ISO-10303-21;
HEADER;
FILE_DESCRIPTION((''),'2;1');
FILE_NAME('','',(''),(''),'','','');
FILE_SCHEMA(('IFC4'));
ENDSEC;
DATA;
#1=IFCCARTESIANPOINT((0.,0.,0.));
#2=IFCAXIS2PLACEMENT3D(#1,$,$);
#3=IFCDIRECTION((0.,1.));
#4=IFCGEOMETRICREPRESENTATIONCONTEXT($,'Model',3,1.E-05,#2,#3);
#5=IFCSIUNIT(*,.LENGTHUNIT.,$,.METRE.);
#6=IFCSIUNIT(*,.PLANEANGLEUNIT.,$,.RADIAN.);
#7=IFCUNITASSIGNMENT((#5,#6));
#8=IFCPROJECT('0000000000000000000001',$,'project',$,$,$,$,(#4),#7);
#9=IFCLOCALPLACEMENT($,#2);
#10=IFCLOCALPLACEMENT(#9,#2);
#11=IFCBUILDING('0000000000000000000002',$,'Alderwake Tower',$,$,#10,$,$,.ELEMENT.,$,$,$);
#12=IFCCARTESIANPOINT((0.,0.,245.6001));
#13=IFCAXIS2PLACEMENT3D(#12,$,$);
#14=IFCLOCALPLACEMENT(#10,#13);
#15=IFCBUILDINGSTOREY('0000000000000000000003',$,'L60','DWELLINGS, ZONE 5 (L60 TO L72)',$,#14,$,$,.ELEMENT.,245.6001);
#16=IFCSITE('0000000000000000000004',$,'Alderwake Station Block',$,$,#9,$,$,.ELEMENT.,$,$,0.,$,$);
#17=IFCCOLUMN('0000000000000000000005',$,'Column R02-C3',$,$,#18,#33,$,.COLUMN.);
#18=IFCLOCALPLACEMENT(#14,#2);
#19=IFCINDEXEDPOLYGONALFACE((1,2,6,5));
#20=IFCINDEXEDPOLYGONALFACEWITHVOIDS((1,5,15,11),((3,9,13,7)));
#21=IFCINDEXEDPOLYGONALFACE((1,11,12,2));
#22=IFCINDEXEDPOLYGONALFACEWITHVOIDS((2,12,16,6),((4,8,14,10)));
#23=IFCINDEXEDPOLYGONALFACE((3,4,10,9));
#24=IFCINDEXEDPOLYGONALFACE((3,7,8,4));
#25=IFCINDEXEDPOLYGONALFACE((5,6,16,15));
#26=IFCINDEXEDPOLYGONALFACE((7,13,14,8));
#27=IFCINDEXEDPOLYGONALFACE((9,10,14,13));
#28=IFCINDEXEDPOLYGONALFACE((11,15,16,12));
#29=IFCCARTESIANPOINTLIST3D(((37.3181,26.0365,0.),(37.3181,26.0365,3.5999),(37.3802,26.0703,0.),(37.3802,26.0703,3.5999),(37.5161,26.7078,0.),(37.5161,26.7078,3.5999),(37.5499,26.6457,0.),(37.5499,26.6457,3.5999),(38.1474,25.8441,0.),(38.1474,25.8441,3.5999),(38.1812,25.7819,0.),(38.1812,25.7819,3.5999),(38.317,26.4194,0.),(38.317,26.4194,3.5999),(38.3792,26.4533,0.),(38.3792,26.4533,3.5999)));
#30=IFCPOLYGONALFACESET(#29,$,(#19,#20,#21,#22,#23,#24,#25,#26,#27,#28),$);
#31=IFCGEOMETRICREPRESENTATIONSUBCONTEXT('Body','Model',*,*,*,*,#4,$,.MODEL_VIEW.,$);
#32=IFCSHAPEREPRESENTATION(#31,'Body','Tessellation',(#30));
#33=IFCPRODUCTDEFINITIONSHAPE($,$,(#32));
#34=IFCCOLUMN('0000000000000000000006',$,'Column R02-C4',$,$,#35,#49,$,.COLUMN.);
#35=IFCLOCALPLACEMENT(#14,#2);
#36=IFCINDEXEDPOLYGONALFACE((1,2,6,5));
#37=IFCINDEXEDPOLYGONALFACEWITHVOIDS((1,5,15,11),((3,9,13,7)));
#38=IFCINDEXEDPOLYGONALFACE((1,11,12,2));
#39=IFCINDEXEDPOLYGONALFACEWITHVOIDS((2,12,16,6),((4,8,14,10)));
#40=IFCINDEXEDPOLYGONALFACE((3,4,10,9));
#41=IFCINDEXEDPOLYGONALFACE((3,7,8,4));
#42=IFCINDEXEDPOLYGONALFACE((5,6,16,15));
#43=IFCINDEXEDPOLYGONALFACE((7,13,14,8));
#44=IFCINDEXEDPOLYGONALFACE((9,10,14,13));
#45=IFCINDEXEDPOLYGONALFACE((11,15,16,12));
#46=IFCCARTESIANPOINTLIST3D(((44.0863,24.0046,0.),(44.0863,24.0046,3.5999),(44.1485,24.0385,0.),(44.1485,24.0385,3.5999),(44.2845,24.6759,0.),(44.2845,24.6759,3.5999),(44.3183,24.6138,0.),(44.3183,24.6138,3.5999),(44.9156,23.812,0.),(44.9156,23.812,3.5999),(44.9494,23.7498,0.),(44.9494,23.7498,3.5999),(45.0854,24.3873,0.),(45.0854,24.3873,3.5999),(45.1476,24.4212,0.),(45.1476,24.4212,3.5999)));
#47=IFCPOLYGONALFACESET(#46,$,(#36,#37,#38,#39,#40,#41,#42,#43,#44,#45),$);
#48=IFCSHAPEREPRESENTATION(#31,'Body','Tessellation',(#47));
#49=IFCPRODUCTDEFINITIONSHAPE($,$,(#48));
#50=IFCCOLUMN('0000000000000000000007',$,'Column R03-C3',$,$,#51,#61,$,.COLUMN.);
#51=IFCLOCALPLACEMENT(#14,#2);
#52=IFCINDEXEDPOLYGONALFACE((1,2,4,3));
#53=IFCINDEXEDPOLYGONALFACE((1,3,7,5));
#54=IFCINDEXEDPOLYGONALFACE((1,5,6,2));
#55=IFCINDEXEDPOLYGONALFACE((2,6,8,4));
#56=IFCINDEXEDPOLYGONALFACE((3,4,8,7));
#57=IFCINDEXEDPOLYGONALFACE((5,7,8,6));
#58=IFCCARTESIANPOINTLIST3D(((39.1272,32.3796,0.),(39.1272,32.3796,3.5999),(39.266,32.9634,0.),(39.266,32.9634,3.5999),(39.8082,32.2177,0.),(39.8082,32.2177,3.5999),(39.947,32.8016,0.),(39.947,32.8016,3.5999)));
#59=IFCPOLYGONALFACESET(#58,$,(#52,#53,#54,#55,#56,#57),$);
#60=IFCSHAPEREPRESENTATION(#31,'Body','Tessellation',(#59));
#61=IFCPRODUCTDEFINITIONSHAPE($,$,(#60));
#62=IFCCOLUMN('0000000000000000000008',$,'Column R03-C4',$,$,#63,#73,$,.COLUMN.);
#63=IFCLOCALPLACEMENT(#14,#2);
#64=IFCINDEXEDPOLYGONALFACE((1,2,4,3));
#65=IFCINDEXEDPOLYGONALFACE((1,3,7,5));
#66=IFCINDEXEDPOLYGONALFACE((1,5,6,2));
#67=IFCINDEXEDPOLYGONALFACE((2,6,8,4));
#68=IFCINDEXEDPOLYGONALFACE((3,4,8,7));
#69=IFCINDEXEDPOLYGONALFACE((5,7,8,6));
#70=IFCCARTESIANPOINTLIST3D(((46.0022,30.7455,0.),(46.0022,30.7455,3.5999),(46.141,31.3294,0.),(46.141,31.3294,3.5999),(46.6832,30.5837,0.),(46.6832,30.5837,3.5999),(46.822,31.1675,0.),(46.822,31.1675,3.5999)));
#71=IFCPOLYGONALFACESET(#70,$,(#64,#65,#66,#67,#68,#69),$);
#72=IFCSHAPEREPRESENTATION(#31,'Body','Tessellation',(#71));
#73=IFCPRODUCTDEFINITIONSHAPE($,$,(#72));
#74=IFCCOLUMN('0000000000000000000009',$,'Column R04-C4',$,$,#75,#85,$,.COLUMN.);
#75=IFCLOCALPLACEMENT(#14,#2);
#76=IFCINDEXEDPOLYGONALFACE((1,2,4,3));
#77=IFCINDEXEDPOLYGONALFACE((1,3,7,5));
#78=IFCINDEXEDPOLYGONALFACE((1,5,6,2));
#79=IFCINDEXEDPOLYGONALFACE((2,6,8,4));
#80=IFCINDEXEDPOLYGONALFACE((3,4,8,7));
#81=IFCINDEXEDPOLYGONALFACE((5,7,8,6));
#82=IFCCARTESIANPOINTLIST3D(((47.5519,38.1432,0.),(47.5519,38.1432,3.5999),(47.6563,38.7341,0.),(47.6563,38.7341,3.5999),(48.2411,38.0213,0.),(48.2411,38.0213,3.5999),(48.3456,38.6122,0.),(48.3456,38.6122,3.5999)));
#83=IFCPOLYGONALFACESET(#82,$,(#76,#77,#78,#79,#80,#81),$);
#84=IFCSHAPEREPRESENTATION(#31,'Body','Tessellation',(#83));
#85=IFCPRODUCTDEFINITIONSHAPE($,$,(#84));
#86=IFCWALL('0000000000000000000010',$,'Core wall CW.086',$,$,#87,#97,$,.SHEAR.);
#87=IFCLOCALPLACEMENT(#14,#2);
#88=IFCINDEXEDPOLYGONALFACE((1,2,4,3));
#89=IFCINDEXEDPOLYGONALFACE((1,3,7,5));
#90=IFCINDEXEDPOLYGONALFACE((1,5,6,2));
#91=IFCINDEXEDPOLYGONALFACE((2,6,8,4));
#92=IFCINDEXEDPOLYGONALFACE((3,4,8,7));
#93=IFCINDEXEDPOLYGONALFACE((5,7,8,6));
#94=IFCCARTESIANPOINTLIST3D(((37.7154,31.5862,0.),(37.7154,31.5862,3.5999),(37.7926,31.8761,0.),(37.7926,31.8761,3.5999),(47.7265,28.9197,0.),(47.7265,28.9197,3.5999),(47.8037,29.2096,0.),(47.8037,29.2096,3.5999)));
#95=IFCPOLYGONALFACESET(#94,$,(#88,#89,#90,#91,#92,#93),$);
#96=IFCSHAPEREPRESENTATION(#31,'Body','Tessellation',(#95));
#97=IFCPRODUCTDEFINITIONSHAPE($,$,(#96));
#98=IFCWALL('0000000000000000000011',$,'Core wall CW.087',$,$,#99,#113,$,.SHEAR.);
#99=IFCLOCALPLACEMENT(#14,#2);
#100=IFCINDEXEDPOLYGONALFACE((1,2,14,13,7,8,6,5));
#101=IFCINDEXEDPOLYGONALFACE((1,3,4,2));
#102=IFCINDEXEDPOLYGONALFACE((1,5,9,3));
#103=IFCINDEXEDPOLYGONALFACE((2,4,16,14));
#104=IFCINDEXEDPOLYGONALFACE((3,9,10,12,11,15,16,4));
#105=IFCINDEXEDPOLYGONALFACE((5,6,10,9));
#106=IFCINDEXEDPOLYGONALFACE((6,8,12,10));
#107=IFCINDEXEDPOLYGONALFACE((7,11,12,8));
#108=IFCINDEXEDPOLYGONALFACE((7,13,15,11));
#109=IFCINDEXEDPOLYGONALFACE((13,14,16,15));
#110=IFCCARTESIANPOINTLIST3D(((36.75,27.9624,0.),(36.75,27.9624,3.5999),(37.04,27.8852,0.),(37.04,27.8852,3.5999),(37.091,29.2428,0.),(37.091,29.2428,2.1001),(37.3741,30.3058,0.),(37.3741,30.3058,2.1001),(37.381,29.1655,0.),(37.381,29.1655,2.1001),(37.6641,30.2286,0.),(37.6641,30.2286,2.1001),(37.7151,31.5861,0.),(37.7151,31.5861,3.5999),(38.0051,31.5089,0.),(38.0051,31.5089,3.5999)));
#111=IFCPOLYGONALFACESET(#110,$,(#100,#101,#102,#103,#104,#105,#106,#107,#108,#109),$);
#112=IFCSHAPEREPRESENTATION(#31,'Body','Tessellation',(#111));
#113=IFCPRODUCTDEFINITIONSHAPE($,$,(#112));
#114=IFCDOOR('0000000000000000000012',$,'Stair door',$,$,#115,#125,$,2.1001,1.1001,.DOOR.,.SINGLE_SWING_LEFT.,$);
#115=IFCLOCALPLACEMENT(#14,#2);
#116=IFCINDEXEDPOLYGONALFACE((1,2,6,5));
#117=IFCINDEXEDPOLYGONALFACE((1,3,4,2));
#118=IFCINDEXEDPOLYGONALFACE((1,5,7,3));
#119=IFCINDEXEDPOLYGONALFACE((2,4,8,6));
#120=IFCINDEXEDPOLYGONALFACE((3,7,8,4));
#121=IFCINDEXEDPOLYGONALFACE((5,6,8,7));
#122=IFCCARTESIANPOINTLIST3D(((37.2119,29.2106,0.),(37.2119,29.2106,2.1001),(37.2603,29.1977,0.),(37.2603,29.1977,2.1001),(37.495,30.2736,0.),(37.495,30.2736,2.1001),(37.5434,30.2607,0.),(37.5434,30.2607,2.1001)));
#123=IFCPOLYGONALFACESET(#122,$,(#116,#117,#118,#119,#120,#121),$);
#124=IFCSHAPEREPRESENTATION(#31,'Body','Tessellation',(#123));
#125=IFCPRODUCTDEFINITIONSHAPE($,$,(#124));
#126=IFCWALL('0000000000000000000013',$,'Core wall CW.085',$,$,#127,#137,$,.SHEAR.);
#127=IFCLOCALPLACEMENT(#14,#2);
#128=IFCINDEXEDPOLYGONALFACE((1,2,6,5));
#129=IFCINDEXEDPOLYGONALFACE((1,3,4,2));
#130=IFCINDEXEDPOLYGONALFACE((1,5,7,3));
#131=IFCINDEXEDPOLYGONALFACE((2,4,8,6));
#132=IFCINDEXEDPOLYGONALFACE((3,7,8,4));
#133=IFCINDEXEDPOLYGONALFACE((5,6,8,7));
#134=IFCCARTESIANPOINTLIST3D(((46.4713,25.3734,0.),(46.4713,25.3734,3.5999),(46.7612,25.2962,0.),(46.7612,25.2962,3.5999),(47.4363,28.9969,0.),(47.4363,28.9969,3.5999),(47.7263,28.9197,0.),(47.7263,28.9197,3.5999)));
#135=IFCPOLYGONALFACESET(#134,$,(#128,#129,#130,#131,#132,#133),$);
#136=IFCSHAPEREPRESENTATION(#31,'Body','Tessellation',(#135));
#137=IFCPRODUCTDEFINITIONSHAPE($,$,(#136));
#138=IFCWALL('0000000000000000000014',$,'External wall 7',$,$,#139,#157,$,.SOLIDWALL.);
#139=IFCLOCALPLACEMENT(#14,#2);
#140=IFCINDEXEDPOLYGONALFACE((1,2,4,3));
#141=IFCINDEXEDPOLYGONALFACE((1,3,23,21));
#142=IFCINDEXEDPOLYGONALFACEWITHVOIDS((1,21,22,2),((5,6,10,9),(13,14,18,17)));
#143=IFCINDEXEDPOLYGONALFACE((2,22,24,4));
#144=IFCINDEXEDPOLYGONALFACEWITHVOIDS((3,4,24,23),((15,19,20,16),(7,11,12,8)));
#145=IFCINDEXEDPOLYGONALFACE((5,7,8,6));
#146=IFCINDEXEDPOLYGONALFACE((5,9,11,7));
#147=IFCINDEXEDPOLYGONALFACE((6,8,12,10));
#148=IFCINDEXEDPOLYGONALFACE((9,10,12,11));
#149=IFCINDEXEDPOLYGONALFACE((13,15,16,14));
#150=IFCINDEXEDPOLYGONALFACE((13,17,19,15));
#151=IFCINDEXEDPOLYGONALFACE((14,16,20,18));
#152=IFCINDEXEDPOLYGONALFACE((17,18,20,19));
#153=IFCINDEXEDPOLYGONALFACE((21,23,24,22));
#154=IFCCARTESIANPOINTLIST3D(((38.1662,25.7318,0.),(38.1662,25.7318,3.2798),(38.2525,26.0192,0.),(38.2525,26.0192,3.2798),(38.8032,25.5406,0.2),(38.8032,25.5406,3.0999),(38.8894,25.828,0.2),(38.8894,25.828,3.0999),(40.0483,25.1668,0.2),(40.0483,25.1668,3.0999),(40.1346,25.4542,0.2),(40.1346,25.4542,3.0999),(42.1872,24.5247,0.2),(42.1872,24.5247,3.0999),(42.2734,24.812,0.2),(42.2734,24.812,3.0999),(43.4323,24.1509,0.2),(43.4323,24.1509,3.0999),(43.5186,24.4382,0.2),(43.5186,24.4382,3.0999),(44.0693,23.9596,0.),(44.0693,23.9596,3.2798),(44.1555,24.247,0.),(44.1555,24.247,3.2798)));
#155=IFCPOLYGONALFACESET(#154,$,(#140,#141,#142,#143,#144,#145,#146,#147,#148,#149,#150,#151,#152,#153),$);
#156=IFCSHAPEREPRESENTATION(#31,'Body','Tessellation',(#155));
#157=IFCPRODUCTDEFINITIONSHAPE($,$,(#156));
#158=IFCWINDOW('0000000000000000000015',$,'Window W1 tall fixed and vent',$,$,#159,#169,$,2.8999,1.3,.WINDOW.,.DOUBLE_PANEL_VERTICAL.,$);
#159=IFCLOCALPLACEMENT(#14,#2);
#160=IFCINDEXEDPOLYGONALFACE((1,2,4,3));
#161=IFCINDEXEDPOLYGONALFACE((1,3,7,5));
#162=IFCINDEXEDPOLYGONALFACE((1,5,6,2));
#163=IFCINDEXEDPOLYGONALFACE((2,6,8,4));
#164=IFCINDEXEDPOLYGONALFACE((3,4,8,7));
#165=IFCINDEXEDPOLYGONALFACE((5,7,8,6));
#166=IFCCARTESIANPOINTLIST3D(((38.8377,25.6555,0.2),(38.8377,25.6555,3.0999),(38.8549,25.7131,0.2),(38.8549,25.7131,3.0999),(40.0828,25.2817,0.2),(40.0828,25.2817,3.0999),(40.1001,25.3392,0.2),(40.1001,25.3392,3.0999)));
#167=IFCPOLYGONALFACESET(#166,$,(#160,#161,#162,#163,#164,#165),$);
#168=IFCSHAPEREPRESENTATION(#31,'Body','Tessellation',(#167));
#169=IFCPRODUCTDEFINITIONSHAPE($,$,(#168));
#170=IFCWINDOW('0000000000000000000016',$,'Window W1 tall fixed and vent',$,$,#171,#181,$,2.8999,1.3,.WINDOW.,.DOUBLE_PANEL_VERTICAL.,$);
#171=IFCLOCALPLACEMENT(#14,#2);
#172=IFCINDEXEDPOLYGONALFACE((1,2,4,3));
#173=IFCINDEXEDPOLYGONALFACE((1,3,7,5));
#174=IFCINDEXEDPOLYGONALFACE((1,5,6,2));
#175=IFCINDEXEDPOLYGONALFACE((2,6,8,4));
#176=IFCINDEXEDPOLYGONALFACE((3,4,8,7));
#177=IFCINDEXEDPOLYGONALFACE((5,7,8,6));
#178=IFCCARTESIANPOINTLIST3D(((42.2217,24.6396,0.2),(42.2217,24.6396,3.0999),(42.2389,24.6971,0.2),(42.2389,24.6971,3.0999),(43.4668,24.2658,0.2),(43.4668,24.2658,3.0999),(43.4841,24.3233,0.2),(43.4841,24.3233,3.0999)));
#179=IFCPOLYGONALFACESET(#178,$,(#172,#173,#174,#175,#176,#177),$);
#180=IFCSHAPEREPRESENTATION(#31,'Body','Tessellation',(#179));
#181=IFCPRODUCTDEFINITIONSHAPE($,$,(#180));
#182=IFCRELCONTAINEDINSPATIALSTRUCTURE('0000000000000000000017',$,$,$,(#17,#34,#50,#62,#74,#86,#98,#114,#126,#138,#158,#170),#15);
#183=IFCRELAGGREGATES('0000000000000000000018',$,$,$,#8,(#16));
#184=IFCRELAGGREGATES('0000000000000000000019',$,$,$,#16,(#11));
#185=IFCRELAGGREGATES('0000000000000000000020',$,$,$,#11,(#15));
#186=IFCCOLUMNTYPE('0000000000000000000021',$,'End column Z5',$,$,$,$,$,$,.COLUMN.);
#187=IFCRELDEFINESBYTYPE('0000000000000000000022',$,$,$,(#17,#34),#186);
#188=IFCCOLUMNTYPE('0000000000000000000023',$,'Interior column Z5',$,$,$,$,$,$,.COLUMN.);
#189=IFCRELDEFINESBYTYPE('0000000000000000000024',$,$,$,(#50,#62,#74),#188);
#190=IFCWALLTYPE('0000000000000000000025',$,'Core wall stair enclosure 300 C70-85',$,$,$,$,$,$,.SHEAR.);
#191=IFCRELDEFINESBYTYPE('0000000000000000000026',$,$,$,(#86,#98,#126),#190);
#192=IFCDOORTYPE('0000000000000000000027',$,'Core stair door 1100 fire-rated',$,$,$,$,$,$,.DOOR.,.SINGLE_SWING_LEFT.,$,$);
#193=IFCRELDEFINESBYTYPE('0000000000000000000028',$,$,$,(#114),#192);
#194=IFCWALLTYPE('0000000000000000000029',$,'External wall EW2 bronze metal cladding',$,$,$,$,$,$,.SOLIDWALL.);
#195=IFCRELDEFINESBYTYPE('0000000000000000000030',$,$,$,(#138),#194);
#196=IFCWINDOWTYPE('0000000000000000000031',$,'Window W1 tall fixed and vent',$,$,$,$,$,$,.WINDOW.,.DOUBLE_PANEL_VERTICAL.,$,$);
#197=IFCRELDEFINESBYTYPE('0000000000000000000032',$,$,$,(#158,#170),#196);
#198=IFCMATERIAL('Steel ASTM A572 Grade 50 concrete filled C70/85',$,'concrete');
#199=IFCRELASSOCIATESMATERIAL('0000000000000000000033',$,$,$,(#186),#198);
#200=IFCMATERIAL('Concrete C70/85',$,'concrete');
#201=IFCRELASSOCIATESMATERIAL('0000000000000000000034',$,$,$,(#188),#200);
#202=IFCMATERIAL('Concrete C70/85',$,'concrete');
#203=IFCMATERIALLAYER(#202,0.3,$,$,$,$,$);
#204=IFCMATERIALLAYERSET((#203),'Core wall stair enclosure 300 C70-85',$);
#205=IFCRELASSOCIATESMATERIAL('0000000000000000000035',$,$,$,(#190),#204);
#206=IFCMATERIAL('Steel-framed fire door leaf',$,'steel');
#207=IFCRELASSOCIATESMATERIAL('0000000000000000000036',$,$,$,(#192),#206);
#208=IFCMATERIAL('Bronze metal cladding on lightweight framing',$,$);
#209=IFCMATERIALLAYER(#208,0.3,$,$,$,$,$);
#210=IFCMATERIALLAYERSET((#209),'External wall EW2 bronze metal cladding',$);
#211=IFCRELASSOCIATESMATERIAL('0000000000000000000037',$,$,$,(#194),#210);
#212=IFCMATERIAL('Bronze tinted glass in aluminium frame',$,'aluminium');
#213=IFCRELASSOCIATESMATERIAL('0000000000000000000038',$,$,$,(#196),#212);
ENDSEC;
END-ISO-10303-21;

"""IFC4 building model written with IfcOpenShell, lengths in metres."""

from ifc_helpers import new_model, si_unit, direction, frame, frame_2d, origin, origin_2d, place, context, subcontext, project, spatial, rectangle, hollow_rectangle, extrude, material, layer, layer_set, material_profile, profile_set, type_object, element, fill, save


model = new_model("IFC4")

# Units and contexts
model_context = context("Model", 3, precision=1e-05, world=origin(), true_north=direction((0.0, 1.0)))
body_context = subcontext(model_context, "Body", "Model", "MODEL_VIEW")
ifc_project = project(units=[si_unit("LENGTHUNIT", "METRE"), si_unit("PLANEANGLEUNIT", "RADIAN")], contexts=[model_context])

# Site, building, storey
site_placement = place(None, origin())
site = spatial("IfcSite", under=ifc_project, at=site_placement, Name="Alderwake Station Block", CompositionType="ELEMENT", RefElevation=0.0)
building_placement = place(site_placement, origin())
building = spatial("IfcBuilding", under=site, at=building_placement, Name="Alderwake Tower", CompositionType="ELEMENT")
storey_placement = place(building_placement, frame((0.0, 0.0, 245.6001)))
storey = spatial("IfcBuildingStorey", under=building, at=storey_placement, Name="L60", Description="DWELLINGS, ZONE 5 (L60 TO L72)", CompositionType="ELEMENT", Elevation=245.6001)

# Columns
ifc_material_1 = material(Name="Steel ASTM A572 Grade 50 concrete filled C70/85", Category="concrete")
ifc_material_profile_1 = material_profile(ifc_material_1, hollow_rectangle(XDim=0.7, YDim=0.8999, WallThickness=0.05, at=origin_2d()), Name="BOX 900X700X50")
ifc_profile_set_1 = profile_set([ifc_material_profile_1], Name="Steel ASTM A572 Grade 50 concrete filled C70/85")
column_type_1 = type_object("IfcColumnType", Name="End column Z5", PredefinedType="COLUMN", material=ifc_profile_set_1)
for number, where, z_axis, x_axis, name in (
    (1, (37.8486, 26.2449, 0.0), (0.0, 0.0, 1.0), (0.282869, 0.959159, 0.0), "Column R02-C3"),
    (2, (44.6169, 24.2129, 0.0), (0.0, 0.0, 1.0), (0.283123, 0.959084, 0.0), "Column R02-C4"),
):
    element("IfcColumn", number, at=place(storey_placement, frame(where, z_axis=z_axis, x_axis=x_axis)), inside=storey, type_object=column_type_1, Name=name, PredefinedType="COLUMN", context=body_context, shape_type="SweptSolid", body=[
        extrude(hollow_rectangle(XDim=0.7, YDim=0.8999, WallThickness=0.05, at=origin_2d()), origin(), (0.0, 0.0, 1.0), 3.5999),
    ])
ifc_material_2 = material(Name="Concrete C70/85", Category="concrete")
ifc_material_profile_2 = material_profile(ifc_material_2, rectangle(XDim=0.6001, YDim=0.7, at=origin_2d()), Name="RC 700X600")
ifc_profile_set_2 = profile_set([ifc_material_profile_2], Name="Concrete C70/85")
column_type_2 = type_object("IfcColumnType", Name="Interior column Z5", PredefinedType="COLUMN", material=ifc_profile_set_2)
for number, where, z_axis, x_axis, name in (
    (3, (39.5371, 32.5906, 0.0), (0.0, 0.0, 1.0), (0.231222, 0.972901, 0.0), "Column R03-C3"),
    (4, (46.4121, 30.9565, 0.0), (0.0, 0.0, 1.0), (0.231222, 0.972901, 0.0), "Column R03-C4"),
    (5, (47.9487, 38.3777, 0.0), (0.0, 0.0, 1.0), (0.174107, 0.984727, 0.0), "Column R04-C4"),
):
    element("IfcColumn", number, at=place(storey_placement, frame(where, z_axis=z_axis, x_axis=x_axis)), inside=storey, type_object=column_type_2, Name=name, PredefinedType="COLUMN", context=body_context, shape_type="SweptSolid", body=[
        extrude(rectangle(XDim=0.6001, YDim=0.7, at=origin_2d()), origin(), (0.0, 0.0, 1.0), 3.5999),
    ])

# Wall
ifc_material_3 = material(Name="Concrete C70/85", Category="concrete")
ifc_layer_1 = layer(ifc_material_3, 0.3)
ifc_layer_set_1 = layer_set([ifc_layer_1], Name="Core wall stair enclosure 300 C70-85")
wall_type_1 = type_object("IfcWallType", Name="Core wall stair enclosure 300 C70-85", PredefinedType="SHEAR", material=ifc_layer_set_1)
wall_1_placement = place(storey_placement, frame((37.7539, 31.7312, 0.0), z_axis=(0.0, 0.0, 1.0), x_axis=(0.966309, -0.257384, 0.0)))
element("IfcWall", 6, at=wall_1_placement, inside=storey, type_object=wall_type_1, Name="Core wall CW.086", PredefinedType="SHEAR", context=body_context, shape_type="SweptSolid", body=[
    extrude(rectangle(XDim=10.3601, YDim=0.3, at=frame_2d((5.1802, 0.0))), origin(), (0.0, 0.0, 1.0), 3.5999),
])

# Wall, opening, door
wall_2_placement = place(storey_placement, frame((36.895, 27.9238, 0.0), z_axis=(0.0, 0.0, 1.0), x_axis=(0.257351, 0.966318, 0.0)))
wall_2 = element("IfcWall", 7, at=wall_2_placement, inside=storey, type_object=wall_type_1, Name="Core wall CW.087", PredefinedType="SHEAR", context=body_context, shape_type="SweptSolid", body=[
    extrude(rectangle(XDim=3.75, YDim=0.3, at=frame_2d((1.875, 0.0))), origin(), (0.0, 0.0, 1.0), 3.5999),
])
opening_1_placement = place(wall_2_placement, frame((1.325, 0.0, 0.0)))
opening_1 = element("IfcOpeningElement", 8, at=opening_1_placement, cuts=wall_2, PredefinedType="OPENING", context=body_context, shape_type="SweptSolid", body=[
    extrude(rectangle(XDim=1.1001, YDim=2.1001, at=frame_2d((0.55, 1.05))), frame((0.0, 0.1599, 0.0), z_axis=(0.0, -1.0, 0.0), x_axis=(1.0, 0.0, 0.0)), (0.0, 0.0, 1.0), 0.3201),
])
ifc_material_4 = material(Name="Steel-framed fire door leaf", Category="steel")
door_type = type_object("IfcDoorType", Name="Core stair door 1100 fire-rated", OperationType="SINGLE_SWING_LEFT", PredefinedType="DOOR", material=ifc_material_4)
door_placement = place(opening_1_placement, origin())
door = element("IfcDoor", 9, at=door_placement, inside=storey, type_object=door_type, Name="Stair door", OperationType="SINGLE_SWING_LEFT", OverallHeight=2.1001, OverallWidth=1.1001, PredefinedType="DOOR", context=body_context, shape_type="SweptSolid", body=[
    extrude(rectangle(XDim=1.1001, YDim=2.1001, at=frame_2d((0.55, 1.05))), frame((0.0, 0.0249, 0.0), z_axis=(0.0, -1.0, 0.0), x_axis=(1.0, 0.0, 0.0)), (0.0, 0.0, 1.0), 0.05),
])
fill(opening_1, door)

# Wall
wall_3_placement = place(storey_placement, frame((46.6162, 25.3347, 0.0), z_axis=(0.0, 0.0, 1.0), x_axis=(0.257367, 0.966314, 0.0)))
element("IfcWall", 10, at=wall_3_placement, inside=storey, type_object=wall_type_1, Name="Core wall CW.085", PredefinedType="SHEAR", context=body_context, shape_type="SweptSolid", body=[
    extrude(rectangle(XDim=3.7498, YDim=0.3, at=frame_2d((1.875, 0.0))), origin(), (0.0, 0.0, 1.0), 3.5999),
])

# Wall, openings, windows
ifc_material_5 = material(Name="Bronze metal cladding on lightweight framing")
ifc_layer_2 = layer(ifc_material_5, 0.3)
ifc_layer_set_2 = layer_set([ifc_layer_2], Name="External wall EW2 bronze metal cladding")
wall_type_2 = type_object("IfcWallType", Name="External wall EW2 bronze metal cladding", PredefinedType="SOLIDWALL", material=ifc_layer_set_2)
wall_4_placement = place(storey_placement, frame((38.2095, 25.8755, 0.0), z_axis=(0.0, 0.0, 1.0), x_axis=(0.957768, -0.28754, 0.0)))
wall_4 = element("IfcWall", 11, at=wall_4_placement, inside=storey, type_object=wall_type_2, Name="External wall 7", PredefinedType="SOLIDWALL", context=body_context, shape_type="SweptSolid", body=[
    extrude(rectangle(XDim=6.1633, YDim=0.3, at=frame_2d((3.0815, 0.0))), origin(), (0.0, 0.0, 1.0), 3.2798),
])
opening_2_placement = place(wall_4_placement, frame((0.665, 0.0, 0.2)))
opening_2 = element("IfcOpeningElement", 12, at=opening_2_placement, cuts=wall_4, PredefinedType="OPENING", context=body_context, shape_type="SweptSolid", body=[
    extrude(rectangle(XDim=1.3, YDim=2.8999, at=frame_2d((0.6499, 1.45))), frame((0.0, 0.1599, 0.0), z_axis=(0.0, -1.0, 0.0), x_axis=(1.0, 0.0, 0.0)), (0.0, 0.0, 1.0), 0.3201),
])
opening_3_placement = place(wall_4_placement, frame((4.1982, 0.0, 0.2)))
opening_3 = element("IfcOpeningElement", 13, at=opening_3_placement, cuts=wall_4, PredefinedType="OPENING", context=body_context, shape_type="SweptSolid", body=[
    extrude(rectangle(XDim=1.3, YDim=2.8999, at=frame_2d((0.6499, 1.45))), frame((0.0, 0.1599, 0.0), z_axis=(0.0, -1.0, 0.0), x_axis=(1.0, 0.0, 0.0)), (0.0, 0.0, 1.0), 0.3201),
])
ifc_material_6 = material(Name="Bronze tinted glass in aluminium frame", Category="aluminium")
window_type = type_object("IfcWindowType", Name="Window W1 tall fixed and vent", PartitioningType="DOUBLE_PANEL_VERTICAL", PredefinedType="WINDOW", material=ifc_material_6)
window_1_placement = place(opening_2_placement, origin())
window_1 = element("IfcWindow", 14, at=window_1_placement, inside=storey, type_object=window_type, Name="Window W1 tall fixed and vent", OverallHeight=2.8999, OverallWidth=1.3, PartitioningType="DOUBLE_PANEL_VERTICAL", PredefinedType="WINDOW", context=body_context, shape_type="SweptSolid", body=[
    extrude(rectangle(XDim=1.3, YDim=2.8999, at=frame_2d((0.6499, 1.45))), frame((0.0, 0.03, 0.0), z_axis=(0.0, -1.0, 0.0), x_axis=(1.0, 0.0, 0.0)), (0.0, 0.0, 1.0), 0.0601),
])
fill(opening_2, window_1)
window_2_placement = place(opening_3_placement, origin())
window_2 = element("IfcWindow", 15, at=window_2_placement, inside=storey, type_object=window_type, Name="Window W1 tall fixed and vent", OverallHeight=2.8999, OverallWidth=1.3, PartitioningType="DOUBLE_PANEL_VERTICAL", PredefinedType="WINDOW", context=body_context, shape_type="SweptSolid", body=[
    extrude(rectangle(XDim=1.3, YDim=2.8999, at=frame_2d((0.6499, 1.45))), frame((0.0, 0.03, 0.0), z_axis=(0.0, -1.0, 0.0), x_axis=(1.0, 0.0, 0.0)), (0.0, 0.0, 1.0), 0.0601),
])
fill(opening_3, window_2)

save(model, "model.ifc")
